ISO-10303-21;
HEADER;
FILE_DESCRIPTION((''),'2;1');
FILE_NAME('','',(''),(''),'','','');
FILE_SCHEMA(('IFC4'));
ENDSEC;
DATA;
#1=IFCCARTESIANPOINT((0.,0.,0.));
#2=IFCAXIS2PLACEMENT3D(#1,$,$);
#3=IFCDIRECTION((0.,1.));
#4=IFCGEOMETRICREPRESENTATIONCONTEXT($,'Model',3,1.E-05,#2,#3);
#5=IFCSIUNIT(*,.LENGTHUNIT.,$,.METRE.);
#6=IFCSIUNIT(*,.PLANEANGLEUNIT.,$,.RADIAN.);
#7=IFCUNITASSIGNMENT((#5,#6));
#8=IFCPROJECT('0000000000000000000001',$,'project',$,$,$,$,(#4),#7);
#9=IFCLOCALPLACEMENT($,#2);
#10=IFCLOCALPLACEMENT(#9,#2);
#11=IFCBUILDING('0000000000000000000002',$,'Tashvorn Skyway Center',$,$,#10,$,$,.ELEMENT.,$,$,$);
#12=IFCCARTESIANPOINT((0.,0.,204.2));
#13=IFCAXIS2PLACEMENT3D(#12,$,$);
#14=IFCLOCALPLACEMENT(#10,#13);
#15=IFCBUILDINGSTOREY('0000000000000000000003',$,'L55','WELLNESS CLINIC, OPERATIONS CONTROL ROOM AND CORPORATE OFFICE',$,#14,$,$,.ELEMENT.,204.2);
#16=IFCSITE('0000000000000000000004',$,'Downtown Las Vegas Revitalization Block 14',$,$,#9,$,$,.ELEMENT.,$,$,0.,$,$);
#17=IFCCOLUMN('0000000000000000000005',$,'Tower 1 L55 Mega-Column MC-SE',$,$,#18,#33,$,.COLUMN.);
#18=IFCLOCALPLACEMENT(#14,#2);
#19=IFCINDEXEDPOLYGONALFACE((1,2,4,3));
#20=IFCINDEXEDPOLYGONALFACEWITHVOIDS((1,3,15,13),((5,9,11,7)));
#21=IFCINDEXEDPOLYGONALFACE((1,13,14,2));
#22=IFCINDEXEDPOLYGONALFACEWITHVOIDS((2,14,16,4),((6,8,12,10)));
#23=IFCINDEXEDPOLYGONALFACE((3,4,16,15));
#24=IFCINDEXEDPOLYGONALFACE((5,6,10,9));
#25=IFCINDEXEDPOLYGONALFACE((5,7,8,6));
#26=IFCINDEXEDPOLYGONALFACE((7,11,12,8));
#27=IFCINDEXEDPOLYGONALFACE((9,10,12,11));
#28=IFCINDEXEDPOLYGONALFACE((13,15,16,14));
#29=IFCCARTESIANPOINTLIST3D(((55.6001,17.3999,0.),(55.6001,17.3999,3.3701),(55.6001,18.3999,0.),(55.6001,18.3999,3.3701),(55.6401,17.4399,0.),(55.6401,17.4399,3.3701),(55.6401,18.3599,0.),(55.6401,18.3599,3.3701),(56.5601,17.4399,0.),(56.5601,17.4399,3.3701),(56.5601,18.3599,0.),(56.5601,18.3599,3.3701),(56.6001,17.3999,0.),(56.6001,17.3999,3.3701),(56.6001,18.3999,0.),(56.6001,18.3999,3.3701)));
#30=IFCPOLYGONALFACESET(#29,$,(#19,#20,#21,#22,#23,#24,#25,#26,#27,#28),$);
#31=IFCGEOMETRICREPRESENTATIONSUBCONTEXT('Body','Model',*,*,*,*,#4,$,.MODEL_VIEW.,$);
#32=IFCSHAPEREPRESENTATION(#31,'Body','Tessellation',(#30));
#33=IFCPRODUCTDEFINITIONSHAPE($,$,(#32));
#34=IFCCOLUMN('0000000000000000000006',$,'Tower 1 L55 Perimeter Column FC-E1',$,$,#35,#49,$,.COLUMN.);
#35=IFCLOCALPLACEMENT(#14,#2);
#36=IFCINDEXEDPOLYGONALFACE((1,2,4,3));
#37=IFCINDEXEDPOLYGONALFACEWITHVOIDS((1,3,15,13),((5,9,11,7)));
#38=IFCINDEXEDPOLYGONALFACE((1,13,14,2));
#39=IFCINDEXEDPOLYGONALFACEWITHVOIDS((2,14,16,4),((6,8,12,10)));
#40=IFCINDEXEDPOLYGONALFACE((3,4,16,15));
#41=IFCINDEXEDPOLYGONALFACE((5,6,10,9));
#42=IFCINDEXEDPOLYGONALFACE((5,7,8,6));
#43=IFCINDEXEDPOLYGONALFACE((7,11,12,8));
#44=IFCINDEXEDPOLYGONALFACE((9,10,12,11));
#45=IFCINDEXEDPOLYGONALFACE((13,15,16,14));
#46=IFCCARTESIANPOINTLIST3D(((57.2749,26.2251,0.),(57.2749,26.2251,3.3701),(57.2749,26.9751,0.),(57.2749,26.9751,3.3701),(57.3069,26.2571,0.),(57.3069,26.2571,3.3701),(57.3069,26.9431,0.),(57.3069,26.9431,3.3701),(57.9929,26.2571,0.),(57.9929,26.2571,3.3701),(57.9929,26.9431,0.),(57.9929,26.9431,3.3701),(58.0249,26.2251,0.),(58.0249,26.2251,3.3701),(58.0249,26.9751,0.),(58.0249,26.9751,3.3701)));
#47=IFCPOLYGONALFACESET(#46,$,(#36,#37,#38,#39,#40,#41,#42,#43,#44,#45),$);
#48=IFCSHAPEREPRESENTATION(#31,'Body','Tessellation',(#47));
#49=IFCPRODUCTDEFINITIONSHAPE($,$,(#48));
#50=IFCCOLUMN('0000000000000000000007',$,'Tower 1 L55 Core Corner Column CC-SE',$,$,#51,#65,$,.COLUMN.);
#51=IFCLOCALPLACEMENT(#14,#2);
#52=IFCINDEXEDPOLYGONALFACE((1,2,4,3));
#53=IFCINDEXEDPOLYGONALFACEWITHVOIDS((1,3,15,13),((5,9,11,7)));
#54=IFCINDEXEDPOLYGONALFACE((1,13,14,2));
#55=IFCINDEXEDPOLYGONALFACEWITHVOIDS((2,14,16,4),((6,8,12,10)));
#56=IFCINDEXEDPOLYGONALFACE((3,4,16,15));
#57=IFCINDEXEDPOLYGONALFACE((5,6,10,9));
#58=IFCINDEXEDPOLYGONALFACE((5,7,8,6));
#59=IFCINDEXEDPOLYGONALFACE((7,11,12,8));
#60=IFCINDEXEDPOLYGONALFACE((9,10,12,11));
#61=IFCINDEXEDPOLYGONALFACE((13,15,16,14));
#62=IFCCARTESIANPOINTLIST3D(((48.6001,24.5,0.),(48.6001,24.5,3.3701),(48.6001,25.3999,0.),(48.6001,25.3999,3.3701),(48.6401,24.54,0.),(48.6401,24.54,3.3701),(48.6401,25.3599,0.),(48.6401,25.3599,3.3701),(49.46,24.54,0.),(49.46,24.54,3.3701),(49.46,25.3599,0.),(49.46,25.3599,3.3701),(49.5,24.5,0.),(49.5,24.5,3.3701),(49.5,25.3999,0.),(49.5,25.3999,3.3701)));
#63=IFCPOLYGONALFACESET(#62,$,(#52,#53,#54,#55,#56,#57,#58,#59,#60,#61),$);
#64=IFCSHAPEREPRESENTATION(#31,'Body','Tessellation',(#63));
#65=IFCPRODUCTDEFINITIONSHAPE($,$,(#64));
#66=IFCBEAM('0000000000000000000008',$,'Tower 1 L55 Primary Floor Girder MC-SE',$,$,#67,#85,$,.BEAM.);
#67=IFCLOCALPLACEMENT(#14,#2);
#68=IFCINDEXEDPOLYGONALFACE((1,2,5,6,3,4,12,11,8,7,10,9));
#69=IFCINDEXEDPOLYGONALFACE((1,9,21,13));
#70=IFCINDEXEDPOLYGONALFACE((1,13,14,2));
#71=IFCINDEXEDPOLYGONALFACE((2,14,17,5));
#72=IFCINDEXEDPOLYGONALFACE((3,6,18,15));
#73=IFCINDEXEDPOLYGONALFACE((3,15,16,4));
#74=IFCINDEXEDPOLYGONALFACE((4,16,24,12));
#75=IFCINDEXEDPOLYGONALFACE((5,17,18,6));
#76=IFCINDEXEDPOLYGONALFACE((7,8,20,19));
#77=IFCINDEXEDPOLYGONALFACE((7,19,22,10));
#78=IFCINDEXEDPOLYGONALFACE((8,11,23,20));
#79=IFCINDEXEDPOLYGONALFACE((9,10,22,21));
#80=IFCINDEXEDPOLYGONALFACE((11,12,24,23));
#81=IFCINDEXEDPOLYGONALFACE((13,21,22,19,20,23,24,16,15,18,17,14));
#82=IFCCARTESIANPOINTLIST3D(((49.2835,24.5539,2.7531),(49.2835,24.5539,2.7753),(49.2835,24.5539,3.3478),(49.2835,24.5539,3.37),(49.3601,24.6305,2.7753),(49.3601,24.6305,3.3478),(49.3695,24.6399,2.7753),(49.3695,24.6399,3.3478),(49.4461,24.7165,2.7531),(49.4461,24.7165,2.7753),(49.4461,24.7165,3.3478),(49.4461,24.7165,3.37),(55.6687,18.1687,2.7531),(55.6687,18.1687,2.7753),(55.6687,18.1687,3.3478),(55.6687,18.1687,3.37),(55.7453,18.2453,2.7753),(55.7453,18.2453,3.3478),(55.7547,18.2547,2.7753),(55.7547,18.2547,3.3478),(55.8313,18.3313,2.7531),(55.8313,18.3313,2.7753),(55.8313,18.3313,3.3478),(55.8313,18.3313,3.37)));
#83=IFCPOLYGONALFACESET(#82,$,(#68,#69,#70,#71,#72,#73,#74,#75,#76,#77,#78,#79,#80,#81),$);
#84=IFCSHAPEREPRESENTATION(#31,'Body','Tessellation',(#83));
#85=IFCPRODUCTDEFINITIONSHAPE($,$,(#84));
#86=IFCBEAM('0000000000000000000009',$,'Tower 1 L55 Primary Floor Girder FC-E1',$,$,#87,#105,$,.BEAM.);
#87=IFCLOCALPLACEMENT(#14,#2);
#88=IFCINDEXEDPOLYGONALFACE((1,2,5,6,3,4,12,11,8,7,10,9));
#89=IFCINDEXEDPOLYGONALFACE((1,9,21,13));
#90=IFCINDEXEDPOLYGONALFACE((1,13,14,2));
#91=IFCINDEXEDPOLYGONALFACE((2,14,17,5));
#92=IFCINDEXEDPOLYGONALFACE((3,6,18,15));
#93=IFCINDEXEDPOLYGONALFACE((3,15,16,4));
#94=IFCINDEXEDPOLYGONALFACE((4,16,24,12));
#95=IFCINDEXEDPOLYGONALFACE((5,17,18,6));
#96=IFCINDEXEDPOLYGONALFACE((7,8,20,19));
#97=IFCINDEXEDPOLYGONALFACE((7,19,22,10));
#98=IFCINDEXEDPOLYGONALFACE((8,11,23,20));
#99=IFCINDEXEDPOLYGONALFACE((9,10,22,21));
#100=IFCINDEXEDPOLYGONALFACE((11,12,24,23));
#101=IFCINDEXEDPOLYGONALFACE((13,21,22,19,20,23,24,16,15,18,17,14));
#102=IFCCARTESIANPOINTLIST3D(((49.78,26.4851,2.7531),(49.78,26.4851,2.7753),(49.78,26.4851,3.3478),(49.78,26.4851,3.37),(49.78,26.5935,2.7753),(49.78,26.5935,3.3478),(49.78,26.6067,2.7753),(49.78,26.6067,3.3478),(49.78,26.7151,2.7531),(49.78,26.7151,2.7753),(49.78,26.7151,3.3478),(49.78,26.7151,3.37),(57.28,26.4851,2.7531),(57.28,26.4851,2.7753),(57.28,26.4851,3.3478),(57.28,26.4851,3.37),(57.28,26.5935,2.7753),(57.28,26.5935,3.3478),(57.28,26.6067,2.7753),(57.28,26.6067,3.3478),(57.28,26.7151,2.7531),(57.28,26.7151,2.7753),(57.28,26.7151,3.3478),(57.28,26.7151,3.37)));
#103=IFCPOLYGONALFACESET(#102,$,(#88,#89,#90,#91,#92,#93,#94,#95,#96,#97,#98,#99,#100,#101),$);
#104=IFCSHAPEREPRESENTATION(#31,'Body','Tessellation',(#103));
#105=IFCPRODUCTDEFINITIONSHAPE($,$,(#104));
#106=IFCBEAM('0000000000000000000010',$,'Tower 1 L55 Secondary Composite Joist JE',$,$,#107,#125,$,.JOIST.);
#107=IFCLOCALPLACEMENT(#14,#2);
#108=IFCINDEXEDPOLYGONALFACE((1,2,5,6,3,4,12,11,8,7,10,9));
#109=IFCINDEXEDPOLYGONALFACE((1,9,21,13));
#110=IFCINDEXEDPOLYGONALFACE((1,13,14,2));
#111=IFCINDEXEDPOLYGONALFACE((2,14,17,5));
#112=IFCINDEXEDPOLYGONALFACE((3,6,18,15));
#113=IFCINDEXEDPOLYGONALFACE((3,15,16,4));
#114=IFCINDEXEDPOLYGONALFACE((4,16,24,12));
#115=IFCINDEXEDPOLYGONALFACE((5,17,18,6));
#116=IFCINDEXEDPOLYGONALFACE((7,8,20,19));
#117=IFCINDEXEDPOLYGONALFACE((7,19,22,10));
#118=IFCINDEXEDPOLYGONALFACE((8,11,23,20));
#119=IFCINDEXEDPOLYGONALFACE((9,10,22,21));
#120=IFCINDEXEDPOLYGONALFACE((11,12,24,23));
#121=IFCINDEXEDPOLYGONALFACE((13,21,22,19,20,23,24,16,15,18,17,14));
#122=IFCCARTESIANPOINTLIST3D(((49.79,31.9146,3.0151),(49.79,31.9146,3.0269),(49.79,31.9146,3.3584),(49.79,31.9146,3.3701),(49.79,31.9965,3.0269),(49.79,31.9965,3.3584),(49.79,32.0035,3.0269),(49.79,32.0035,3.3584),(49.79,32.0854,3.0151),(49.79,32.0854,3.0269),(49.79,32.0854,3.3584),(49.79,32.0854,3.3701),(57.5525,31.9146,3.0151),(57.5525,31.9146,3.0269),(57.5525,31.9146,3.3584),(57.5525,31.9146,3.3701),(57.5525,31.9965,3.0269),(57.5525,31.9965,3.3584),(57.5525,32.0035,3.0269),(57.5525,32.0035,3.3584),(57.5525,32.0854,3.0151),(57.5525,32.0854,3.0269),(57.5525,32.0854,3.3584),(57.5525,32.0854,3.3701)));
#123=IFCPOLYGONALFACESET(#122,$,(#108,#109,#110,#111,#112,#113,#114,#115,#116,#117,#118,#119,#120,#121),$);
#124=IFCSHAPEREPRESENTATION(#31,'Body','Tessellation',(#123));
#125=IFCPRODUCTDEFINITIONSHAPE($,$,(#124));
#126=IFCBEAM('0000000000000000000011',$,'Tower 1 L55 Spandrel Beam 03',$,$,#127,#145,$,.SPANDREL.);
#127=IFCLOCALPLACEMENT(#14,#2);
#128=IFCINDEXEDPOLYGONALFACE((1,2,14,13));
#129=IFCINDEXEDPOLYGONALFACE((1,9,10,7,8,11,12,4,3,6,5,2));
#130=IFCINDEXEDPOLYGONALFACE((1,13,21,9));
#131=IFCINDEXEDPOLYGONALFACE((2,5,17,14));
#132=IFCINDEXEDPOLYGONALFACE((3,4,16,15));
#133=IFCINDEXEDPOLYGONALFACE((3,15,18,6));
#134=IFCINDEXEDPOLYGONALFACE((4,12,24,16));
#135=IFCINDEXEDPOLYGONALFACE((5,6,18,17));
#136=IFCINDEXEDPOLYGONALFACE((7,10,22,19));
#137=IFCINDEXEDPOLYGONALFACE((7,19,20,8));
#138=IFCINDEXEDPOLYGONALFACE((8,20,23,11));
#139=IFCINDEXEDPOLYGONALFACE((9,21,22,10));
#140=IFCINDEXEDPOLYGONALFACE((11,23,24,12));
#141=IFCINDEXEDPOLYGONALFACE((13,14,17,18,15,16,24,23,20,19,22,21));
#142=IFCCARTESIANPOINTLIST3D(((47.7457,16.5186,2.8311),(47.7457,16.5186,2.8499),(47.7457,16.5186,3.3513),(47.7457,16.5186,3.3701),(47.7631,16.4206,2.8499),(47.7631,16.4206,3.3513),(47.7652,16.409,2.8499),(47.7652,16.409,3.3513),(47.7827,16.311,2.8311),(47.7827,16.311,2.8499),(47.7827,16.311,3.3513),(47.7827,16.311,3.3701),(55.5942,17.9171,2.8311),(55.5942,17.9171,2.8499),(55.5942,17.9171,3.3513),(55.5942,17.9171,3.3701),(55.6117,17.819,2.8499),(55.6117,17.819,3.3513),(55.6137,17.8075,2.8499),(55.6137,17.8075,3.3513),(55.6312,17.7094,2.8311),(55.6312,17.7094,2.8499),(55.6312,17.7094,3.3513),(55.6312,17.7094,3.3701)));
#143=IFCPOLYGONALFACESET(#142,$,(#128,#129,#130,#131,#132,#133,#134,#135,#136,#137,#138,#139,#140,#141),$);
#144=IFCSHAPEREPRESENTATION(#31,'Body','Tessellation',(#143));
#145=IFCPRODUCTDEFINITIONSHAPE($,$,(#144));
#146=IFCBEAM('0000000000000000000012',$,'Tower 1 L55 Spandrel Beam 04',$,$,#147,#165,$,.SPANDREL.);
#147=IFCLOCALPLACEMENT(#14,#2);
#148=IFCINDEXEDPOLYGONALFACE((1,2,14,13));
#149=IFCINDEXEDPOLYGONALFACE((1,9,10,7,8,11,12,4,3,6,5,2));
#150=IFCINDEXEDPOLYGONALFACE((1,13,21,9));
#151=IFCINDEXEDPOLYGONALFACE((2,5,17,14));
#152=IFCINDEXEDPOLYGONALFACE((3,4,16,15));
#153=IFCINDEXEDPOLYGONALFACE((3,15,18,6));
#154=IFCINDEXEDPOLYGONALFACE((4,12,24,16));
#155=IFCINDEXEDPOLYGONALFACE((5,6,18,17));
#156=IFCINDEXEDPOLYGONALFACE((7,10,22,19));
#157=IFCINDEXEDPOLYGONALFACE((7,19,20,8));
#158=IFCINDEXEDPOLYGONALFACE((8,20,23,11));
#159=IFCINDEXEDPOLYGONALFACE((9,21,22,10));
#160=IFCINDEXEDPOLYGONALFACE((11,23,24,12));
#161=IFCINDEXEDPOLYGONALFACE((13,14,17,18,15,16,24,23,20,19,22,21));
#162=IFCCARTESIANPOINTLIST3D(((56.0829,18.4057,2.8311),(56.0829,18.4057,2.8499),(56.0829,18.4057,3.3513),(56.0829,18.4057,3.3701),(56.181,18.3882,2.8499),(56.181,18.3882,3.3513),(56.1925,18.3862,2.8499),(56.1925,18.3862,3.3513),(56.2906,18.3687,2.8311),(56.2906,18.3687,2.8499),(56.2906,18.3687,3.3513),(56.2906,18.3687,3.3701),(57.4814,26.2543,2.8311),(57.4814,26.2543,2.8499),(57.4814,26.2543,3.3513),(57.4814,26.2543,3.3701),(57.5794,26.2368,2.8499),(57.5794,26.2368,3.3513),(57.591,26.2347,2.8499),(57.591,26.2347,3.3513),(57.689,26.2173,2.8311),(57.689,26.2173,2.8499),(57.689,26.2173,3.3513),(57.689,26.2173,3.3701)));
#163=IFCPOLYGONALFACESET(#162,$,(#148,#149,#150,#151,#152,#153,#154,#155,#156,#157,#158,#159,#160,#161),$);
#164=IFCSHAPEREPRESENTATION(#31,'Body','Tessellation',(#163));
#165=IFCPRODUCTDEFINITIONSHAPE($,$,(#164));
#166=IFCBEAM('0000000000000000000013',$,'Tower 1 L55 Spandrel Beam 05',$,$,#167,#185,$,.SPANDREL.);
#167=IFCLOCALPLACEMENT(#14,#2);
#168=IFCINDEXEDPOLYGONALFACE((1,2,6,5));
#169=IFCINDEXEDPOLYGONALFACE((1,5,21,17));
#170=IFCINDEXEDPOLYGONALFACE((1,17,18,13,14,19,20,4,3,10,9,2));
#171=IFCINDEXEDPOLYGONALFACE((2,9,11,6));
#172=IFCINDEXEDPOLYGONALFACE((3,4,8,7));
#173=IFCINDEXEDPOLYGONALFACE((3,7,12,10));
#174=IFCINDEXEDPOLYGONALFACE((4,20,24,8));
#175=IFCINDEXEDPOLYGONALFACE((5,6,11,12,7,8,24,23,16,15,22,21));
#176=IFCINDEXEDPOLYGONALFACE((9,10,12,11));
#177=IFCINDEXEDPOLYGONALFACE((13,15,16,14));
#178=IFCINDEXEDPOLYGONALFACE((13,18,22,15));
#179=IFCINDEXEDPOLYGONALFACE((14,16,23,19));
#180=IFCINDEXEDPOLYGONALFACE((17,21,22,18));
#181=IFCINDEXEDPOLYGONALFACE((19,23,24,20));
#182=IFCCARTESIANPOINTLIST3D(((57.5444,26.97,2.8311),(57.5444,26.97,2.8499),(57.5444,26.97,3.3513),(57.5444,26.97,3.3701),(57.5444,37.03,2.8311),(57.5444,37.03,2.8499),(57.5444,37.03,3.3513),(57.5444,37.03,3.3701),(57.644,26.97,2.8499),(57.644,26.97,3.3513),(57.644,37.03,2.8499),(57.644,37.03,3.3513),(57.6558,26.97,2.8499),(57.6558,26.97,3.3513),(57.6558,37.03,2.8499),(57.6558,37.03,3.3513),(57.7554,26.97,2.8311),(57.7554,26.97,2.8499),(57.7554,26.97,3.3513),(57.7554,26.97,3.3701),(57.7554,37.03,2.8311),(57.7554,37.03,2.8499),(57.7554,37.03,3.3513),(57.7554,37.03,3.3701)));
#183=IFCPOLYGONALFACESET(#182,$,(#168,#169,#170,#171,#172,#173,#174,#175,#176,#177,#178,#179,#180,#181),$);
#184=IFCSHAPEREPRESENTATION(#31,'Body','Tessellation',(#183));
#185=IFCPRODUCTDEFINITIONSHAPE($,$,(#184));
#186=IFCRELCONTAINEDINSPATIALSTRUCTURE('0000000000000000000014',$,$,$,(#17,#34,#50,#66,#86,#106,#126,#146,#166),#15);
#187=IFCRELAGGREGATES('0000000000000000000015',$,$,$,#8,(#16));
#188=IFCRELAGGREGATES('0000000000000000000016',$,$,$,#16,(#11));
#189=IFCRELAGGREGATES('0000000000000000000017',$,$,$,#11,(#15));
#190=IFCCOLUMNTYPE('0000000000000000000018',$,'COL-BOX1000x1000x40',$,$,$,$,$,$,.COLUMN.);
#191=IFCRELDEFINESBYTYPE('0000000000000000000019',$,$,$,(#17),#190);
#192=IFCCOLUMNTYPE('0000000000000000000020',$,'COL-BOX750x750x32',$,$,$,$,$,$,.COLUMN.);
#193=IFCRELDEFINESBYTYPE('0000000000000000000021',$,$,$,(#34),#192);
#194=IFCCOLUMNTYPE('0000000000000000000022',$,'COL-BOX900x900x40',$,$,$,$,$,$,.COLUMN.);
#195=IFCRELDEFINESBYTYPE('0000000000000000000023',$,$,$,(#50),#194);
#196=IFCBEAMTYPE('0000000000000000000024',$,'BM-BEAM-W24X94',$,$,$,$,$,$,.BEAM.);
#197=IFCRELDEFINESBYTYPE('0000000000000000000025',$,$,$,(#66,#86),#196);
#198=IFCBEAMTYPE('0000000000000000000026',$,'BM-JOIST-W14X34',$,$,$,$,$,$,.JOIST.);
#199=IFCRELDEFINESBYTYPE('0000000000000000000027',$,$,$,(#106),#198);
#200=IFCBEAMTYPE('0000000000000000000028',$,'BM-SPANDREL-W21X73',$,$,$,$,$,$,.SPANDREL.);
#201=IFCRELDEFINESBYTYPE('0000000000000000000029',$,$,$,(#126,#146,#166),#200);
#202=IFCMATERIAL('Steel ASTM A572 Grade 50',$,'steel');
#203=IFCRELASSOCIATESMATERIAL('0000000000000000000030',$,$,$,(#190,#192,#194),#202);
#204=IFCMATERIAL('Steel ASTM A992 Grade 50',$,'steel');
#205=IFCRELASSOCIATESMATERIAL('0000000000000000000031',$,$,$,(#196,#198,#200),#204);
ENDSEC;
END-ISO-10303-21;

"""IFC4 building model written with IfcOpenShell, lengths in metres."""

from ifc_helpers import new_model, si_unit, direction, frame, origin, origin_2d, place, context, subcontext, project, spatial, hollow_rectangle, i_section, extrude, material, material_profile, profile_set, type_object, element, save


model = new_model("IFC4")

# Units and contexts
model_context = context("Model", 3, precision=1e-05, world=origin(), true_north=direction((0.0, 1.0)))
body_context = subcontext(model_context, "Body", "Model", "MODEL_VIEW")
ifc_project = project(units=[si_unit("LENGTHUNIT", "METRE"), si_unit("PLANEANGLEUNIT", "RADIAN")], contexts=[model_context])

# Site, building, storey
site_placement = place(None, origin())
site = spatial("IfcSite", under=ifc_project, at=site_placement, Name="Downtown Las Vegas Revitalization Block 14", CompositionType="ELEMENT", RefElevation=0.0)
building_placement = place(site_placement, origin())
building = spatial("IfcBuilding", under=site, at=building_placement, Name="Tashvorn Skyway Center", CompositionType="ELEMENT")
storey_placement = place(building_placement, frame((0.0, 0.0, 204.2)))
storey = spatial("IfcBuildingStorey", under=building, at=storey_placement, Name="L55", Description="WELLNESS CLINIC, OPERATIONS CONTROL ROOM AND CORPORATE OFFICE", CompositionType="ELEMENT", Elevation=204.2)

# Columns
ifc_material_1 = material(Name="Steel ASTM A572 Grade 50", Category="steel")
ifc_material_profile_1 = material_profile(ifc_material_1, hollow_rectangle(XDim=1.0, YDim=1.0, WallThickness=0.04, at=origin_2d()), Name="BOX1000x1000x40")
ifc_profile_set_1 = profile_set([ifc_material_profile_1], Name="Steel ASTM A572 Grade 50")
column_type_1 = type_object("IfcColumnType", Name="COL-BOX1000x1000x40", PredefinedType="COLUMN", material=ifc_profile_set_1)
column_1_placement = place(storey_placement, frame((56.1001, 17.8999, 0.0), z_axis=(0.0, 0.0, 1.0), x_axis=(1.0, 0.0, 0.0)))
element("IfcColumn", 1, at=column_1_placement, inside=storey, type_object=column_type_1, Name="Tower 1 L55 Mega-Column MC-SE", PredefinedType="COLUMN", context=body_context, shape_type="SweptSolid", body=[
    extrude(hollow_rectangle(XDim=1.0, YDim=1.0, WallThickness=0.04, at=origin_2d()), origin(), (0.0, 0.0, 1.0), 3.3701),
])
ifc_material_profile_2 = material_profile(ifc_material_1, hollow_rectangle(XDim=0.75, YDim=0.75, WallThickness=0.032, at=origin_2d()), Name="BOX750x750x32")
ifc_profile_set_2 = profile_set([ifc_material_profile_2], Name="Steel ASTM A572 Grade 50")
column_type_2 = type_object("IfcColumnType", Name="COL-BOX750x750x32", PredefinedType="COLUMN", material=ifc_profile_set_2)
column_2_placement = place(storey_placement, frame((57.6499, 26.6001, 0.0), z_axis=(0.0, 0.0, 1.0), x_axis=(1.0, 0.0, 0.0)))
element("IfcColumn", 2, at=column_2_placement, inside=storey, type_object=column_type_2, Name="Tower 1 L55 Perimeter Column FC-E1", PredefinedType="COLUMN", context=body_context, shape_type="SweptSolid", body=[
    extrude(hollow_rectangle(XDim=0.75, YDim=0.75, WallThickness=0.032, at=origin_2d()), origin(), (0.0, 0.0, 1.0), 3.3701),
])
ifc_material_profile_3 = material_profile(ifc_material_1, hollow_rectangle(XDim=0.8999, YDim=0.8999, WallThickness=0.04, at=origin_2d()), Name="BOX900x900x40")
ifc_profile_set_3 = profile_set([ifc_material_profile_3], Name="Steel ASTM A572 Grade 50")
column_type_3 = type_object("IfcColumnType", Name="COL-BOX900x900x40", PredefinedType="COLUMN", material=ifc_profile_set_3)
column_3_placement = place(storey_placement, frame((49.05, 24.95, 0.0), z_axis=(0.0, 0.0, 1.0), x_axis=(1.0, 0.0, 0.0)))
element("IfcColumn", 3, at=column_3_placement, inside=storey, type_object=column_type_3, Name="Tower 1 L55 Core Corner Column CC-SE", PredefinedType="COLUMN", context=body_context, shape_type="SweptSolid", body=[
    extrude(hollow_rectangle(XDim=0.8999, YDim=0.8999, WallThickness=0.04, at=origin_2d()), origin(), (0.0, 0.0, 1.0), 3.3701),
])

# Beams
ifc_material_2 = material(Name="Steel ASTM A992 Grade 50", Category="steel")
ifc_material_profile_4 = material_profile(ifc_material_2, i_section(OverallWidth=0.23, OverallDepth=0.6169, WebThickness=0.0132, FlangeThickness=0.0222, at=origin_2d()), Name="W24X94")
ifc_profile_set_4 = profile_set([ifc_material_profile_4], Name="Steel ASTM A992 Grade 50")
beam_type_1 = type_object("IfcBeamType", Name="BM-BEAM-W24X94", PredefinedType="BEAM", material=ifc_profile_set_4)
beam_1_placement = place(storey_placement, frame((55.75, 18.25, 3.0615), z_axis=(-0.707107, 0.707107, 0.0), x_axis=(-0.707107, -0.707107, 0.0)))
element("IfcBeam", 4, at=beam_1_placement, inside=storey, type_object=beam_type_1, Name="Tower 1 L55 Primary Floor Girder MC-SE", PredefinedType="BEAM", context=body_context, shape_type="SweptSolid", body=[
    extrude(i_section(OverallWidth=0.23, OverallDepth=0.6169, WebThickness=0.0132, FlangeThickness=0.0222, at=origin_2d()), origin(), (0.0, 0.0, 1.0), 9.03),
])
beam_2_placement = place(storey_placement, frame((57.28, 26.6001, 3.0615), z_axis=(-1.0, 0.0, 0.0), x_axis=(0.0, -1.0, 0.0)))
element("IfcBeam", 5, at=beam_2_placement, inside=storey, type_object=beam_type_1, Name="Tower 1 L55 Primary Floor Girder FC-E1", PredefinedType="BEAM", context=body_context, shape_type="SweptSolid", body=[
    extrude(i_section(OverallWidth=0.23, OverallDepth=0.6169, WebThickness=0.0132, FlangeThickness=0.0222, at=origin_2d()), origin(), (0.0, 0.0, 1.0), 7.5),
])
ifc_material_profile_5 = material_profile(ifc_material_2, i_section(OverallWidth=0.1709, OverallDepth=0.355, WebThickness=0.0071, FlangeThickness=0.0117, at=origin_2d()), Name="W14X34")
ifc_profile_set_5 = profile_set([ifc_material_profile_5], Name="Steel ASTM A992 Grade 50")
beam_type_2 = type_object("IfcBeamType", Name="BM-JOIST-W14X34", PredefinedType="JOIST", material=ifc_profile_set_5)
beam_3_placement = place(storey_placement, frame((49.79, 32.0, 3.1926), z_axis=(1.0, 0.0, 0.0), x_axis=(0.0, 1.0, 0.0)))
element("IfcBeam", 6, at=beam_3_placement, inside=storey, type_object=beam_type_2, Name="Tower 1 L55 Secondary Composite Joist JE", PredefinedType="JOIST", context=body_context, shape_type="SweptSolid", body=[
    extrude(i_section(OverallWidth=0.1709, OverallDepth=0.355, WebThickness=0.0071, FlangeThickness=0.0117, at=origin_2d()), origin(), (0.0, 0.0, 1.0), 7.7625),
])
ifc_material_profile_6 = material_profile(ifc_material_2, i_section(OverallWidth=0.2109, OverallDepth=0.5391, WebThickness=0.0117, FlangeThickness=0.0188, at=origin_2d()), Name="W21X73")
ifc_profile_set_6 = profile_set([ifc_material_profile_6], Name="Steel ASTM A992 Grade 50")
beam_type_3 = type_object("IfcBeamType", Name="BM-SPANDREL-W21X73", PredefinedType="SPANDREL", material=ifc_profile_set_6)
for number, where, z_axis, x_axis, name in (
    (7, (47.7642, 16.4148, 3.1006), (0.984495, 0.175413, 0.0), (-0.175413, 0.984495, 0.0), "Tower 1 L55 Spandrel Beam 03"),
    (8, (56.1868, 18.3872, 3.1006), (0.175413, 0.984495, 0.0), (-0.984495, 0.175413, 0.0), "Tower 1 L55 Spandrel Beam 04"),
):
    element("IfcBeam", number, at=place(storey_placement, frame(where, z_axis=z_axis, x_axis=x_axis)), inside=storey, type_object=beam_type_3, Name=name, PredefinedType="SPANDREL", context=body_context, shape_type="SweptSolid", body=[
        extrude(i_section(OverallWidth=0.2109, OverallDepth=0.5391, WebThickness=0.0117, FlangeThickness=0.0188, at=origin_2d()), origin(), (0.0, 0.0, 1.0), 7.9722),
    ])
beam_4_placement = place(storey_placement, frame((57.6499, 26.97, 3.1006), z_axis=(0.0, 1.0, 0.0), x_axis=(-1.0, 0.0, 0.0)))
element("IfcBeam", 9, at=beam_4_placement, inside=storey, type_object=beam_type_3, Name="Tower 1 L55 Spandrel Beam 05", PredefinedType="SPANDREL", context=body_context, shape_type="SweptSolid", body=[
    extrude(i_section(OverallWidth=0.2109, OverallDepth=0.5391, WebThickness=0.0117, FlangeThickness=0.0188, at=origin_2d()), origin(), (0.0, 0.0, 1.0), 10.0601),
])

save(model, "model.ifc")
